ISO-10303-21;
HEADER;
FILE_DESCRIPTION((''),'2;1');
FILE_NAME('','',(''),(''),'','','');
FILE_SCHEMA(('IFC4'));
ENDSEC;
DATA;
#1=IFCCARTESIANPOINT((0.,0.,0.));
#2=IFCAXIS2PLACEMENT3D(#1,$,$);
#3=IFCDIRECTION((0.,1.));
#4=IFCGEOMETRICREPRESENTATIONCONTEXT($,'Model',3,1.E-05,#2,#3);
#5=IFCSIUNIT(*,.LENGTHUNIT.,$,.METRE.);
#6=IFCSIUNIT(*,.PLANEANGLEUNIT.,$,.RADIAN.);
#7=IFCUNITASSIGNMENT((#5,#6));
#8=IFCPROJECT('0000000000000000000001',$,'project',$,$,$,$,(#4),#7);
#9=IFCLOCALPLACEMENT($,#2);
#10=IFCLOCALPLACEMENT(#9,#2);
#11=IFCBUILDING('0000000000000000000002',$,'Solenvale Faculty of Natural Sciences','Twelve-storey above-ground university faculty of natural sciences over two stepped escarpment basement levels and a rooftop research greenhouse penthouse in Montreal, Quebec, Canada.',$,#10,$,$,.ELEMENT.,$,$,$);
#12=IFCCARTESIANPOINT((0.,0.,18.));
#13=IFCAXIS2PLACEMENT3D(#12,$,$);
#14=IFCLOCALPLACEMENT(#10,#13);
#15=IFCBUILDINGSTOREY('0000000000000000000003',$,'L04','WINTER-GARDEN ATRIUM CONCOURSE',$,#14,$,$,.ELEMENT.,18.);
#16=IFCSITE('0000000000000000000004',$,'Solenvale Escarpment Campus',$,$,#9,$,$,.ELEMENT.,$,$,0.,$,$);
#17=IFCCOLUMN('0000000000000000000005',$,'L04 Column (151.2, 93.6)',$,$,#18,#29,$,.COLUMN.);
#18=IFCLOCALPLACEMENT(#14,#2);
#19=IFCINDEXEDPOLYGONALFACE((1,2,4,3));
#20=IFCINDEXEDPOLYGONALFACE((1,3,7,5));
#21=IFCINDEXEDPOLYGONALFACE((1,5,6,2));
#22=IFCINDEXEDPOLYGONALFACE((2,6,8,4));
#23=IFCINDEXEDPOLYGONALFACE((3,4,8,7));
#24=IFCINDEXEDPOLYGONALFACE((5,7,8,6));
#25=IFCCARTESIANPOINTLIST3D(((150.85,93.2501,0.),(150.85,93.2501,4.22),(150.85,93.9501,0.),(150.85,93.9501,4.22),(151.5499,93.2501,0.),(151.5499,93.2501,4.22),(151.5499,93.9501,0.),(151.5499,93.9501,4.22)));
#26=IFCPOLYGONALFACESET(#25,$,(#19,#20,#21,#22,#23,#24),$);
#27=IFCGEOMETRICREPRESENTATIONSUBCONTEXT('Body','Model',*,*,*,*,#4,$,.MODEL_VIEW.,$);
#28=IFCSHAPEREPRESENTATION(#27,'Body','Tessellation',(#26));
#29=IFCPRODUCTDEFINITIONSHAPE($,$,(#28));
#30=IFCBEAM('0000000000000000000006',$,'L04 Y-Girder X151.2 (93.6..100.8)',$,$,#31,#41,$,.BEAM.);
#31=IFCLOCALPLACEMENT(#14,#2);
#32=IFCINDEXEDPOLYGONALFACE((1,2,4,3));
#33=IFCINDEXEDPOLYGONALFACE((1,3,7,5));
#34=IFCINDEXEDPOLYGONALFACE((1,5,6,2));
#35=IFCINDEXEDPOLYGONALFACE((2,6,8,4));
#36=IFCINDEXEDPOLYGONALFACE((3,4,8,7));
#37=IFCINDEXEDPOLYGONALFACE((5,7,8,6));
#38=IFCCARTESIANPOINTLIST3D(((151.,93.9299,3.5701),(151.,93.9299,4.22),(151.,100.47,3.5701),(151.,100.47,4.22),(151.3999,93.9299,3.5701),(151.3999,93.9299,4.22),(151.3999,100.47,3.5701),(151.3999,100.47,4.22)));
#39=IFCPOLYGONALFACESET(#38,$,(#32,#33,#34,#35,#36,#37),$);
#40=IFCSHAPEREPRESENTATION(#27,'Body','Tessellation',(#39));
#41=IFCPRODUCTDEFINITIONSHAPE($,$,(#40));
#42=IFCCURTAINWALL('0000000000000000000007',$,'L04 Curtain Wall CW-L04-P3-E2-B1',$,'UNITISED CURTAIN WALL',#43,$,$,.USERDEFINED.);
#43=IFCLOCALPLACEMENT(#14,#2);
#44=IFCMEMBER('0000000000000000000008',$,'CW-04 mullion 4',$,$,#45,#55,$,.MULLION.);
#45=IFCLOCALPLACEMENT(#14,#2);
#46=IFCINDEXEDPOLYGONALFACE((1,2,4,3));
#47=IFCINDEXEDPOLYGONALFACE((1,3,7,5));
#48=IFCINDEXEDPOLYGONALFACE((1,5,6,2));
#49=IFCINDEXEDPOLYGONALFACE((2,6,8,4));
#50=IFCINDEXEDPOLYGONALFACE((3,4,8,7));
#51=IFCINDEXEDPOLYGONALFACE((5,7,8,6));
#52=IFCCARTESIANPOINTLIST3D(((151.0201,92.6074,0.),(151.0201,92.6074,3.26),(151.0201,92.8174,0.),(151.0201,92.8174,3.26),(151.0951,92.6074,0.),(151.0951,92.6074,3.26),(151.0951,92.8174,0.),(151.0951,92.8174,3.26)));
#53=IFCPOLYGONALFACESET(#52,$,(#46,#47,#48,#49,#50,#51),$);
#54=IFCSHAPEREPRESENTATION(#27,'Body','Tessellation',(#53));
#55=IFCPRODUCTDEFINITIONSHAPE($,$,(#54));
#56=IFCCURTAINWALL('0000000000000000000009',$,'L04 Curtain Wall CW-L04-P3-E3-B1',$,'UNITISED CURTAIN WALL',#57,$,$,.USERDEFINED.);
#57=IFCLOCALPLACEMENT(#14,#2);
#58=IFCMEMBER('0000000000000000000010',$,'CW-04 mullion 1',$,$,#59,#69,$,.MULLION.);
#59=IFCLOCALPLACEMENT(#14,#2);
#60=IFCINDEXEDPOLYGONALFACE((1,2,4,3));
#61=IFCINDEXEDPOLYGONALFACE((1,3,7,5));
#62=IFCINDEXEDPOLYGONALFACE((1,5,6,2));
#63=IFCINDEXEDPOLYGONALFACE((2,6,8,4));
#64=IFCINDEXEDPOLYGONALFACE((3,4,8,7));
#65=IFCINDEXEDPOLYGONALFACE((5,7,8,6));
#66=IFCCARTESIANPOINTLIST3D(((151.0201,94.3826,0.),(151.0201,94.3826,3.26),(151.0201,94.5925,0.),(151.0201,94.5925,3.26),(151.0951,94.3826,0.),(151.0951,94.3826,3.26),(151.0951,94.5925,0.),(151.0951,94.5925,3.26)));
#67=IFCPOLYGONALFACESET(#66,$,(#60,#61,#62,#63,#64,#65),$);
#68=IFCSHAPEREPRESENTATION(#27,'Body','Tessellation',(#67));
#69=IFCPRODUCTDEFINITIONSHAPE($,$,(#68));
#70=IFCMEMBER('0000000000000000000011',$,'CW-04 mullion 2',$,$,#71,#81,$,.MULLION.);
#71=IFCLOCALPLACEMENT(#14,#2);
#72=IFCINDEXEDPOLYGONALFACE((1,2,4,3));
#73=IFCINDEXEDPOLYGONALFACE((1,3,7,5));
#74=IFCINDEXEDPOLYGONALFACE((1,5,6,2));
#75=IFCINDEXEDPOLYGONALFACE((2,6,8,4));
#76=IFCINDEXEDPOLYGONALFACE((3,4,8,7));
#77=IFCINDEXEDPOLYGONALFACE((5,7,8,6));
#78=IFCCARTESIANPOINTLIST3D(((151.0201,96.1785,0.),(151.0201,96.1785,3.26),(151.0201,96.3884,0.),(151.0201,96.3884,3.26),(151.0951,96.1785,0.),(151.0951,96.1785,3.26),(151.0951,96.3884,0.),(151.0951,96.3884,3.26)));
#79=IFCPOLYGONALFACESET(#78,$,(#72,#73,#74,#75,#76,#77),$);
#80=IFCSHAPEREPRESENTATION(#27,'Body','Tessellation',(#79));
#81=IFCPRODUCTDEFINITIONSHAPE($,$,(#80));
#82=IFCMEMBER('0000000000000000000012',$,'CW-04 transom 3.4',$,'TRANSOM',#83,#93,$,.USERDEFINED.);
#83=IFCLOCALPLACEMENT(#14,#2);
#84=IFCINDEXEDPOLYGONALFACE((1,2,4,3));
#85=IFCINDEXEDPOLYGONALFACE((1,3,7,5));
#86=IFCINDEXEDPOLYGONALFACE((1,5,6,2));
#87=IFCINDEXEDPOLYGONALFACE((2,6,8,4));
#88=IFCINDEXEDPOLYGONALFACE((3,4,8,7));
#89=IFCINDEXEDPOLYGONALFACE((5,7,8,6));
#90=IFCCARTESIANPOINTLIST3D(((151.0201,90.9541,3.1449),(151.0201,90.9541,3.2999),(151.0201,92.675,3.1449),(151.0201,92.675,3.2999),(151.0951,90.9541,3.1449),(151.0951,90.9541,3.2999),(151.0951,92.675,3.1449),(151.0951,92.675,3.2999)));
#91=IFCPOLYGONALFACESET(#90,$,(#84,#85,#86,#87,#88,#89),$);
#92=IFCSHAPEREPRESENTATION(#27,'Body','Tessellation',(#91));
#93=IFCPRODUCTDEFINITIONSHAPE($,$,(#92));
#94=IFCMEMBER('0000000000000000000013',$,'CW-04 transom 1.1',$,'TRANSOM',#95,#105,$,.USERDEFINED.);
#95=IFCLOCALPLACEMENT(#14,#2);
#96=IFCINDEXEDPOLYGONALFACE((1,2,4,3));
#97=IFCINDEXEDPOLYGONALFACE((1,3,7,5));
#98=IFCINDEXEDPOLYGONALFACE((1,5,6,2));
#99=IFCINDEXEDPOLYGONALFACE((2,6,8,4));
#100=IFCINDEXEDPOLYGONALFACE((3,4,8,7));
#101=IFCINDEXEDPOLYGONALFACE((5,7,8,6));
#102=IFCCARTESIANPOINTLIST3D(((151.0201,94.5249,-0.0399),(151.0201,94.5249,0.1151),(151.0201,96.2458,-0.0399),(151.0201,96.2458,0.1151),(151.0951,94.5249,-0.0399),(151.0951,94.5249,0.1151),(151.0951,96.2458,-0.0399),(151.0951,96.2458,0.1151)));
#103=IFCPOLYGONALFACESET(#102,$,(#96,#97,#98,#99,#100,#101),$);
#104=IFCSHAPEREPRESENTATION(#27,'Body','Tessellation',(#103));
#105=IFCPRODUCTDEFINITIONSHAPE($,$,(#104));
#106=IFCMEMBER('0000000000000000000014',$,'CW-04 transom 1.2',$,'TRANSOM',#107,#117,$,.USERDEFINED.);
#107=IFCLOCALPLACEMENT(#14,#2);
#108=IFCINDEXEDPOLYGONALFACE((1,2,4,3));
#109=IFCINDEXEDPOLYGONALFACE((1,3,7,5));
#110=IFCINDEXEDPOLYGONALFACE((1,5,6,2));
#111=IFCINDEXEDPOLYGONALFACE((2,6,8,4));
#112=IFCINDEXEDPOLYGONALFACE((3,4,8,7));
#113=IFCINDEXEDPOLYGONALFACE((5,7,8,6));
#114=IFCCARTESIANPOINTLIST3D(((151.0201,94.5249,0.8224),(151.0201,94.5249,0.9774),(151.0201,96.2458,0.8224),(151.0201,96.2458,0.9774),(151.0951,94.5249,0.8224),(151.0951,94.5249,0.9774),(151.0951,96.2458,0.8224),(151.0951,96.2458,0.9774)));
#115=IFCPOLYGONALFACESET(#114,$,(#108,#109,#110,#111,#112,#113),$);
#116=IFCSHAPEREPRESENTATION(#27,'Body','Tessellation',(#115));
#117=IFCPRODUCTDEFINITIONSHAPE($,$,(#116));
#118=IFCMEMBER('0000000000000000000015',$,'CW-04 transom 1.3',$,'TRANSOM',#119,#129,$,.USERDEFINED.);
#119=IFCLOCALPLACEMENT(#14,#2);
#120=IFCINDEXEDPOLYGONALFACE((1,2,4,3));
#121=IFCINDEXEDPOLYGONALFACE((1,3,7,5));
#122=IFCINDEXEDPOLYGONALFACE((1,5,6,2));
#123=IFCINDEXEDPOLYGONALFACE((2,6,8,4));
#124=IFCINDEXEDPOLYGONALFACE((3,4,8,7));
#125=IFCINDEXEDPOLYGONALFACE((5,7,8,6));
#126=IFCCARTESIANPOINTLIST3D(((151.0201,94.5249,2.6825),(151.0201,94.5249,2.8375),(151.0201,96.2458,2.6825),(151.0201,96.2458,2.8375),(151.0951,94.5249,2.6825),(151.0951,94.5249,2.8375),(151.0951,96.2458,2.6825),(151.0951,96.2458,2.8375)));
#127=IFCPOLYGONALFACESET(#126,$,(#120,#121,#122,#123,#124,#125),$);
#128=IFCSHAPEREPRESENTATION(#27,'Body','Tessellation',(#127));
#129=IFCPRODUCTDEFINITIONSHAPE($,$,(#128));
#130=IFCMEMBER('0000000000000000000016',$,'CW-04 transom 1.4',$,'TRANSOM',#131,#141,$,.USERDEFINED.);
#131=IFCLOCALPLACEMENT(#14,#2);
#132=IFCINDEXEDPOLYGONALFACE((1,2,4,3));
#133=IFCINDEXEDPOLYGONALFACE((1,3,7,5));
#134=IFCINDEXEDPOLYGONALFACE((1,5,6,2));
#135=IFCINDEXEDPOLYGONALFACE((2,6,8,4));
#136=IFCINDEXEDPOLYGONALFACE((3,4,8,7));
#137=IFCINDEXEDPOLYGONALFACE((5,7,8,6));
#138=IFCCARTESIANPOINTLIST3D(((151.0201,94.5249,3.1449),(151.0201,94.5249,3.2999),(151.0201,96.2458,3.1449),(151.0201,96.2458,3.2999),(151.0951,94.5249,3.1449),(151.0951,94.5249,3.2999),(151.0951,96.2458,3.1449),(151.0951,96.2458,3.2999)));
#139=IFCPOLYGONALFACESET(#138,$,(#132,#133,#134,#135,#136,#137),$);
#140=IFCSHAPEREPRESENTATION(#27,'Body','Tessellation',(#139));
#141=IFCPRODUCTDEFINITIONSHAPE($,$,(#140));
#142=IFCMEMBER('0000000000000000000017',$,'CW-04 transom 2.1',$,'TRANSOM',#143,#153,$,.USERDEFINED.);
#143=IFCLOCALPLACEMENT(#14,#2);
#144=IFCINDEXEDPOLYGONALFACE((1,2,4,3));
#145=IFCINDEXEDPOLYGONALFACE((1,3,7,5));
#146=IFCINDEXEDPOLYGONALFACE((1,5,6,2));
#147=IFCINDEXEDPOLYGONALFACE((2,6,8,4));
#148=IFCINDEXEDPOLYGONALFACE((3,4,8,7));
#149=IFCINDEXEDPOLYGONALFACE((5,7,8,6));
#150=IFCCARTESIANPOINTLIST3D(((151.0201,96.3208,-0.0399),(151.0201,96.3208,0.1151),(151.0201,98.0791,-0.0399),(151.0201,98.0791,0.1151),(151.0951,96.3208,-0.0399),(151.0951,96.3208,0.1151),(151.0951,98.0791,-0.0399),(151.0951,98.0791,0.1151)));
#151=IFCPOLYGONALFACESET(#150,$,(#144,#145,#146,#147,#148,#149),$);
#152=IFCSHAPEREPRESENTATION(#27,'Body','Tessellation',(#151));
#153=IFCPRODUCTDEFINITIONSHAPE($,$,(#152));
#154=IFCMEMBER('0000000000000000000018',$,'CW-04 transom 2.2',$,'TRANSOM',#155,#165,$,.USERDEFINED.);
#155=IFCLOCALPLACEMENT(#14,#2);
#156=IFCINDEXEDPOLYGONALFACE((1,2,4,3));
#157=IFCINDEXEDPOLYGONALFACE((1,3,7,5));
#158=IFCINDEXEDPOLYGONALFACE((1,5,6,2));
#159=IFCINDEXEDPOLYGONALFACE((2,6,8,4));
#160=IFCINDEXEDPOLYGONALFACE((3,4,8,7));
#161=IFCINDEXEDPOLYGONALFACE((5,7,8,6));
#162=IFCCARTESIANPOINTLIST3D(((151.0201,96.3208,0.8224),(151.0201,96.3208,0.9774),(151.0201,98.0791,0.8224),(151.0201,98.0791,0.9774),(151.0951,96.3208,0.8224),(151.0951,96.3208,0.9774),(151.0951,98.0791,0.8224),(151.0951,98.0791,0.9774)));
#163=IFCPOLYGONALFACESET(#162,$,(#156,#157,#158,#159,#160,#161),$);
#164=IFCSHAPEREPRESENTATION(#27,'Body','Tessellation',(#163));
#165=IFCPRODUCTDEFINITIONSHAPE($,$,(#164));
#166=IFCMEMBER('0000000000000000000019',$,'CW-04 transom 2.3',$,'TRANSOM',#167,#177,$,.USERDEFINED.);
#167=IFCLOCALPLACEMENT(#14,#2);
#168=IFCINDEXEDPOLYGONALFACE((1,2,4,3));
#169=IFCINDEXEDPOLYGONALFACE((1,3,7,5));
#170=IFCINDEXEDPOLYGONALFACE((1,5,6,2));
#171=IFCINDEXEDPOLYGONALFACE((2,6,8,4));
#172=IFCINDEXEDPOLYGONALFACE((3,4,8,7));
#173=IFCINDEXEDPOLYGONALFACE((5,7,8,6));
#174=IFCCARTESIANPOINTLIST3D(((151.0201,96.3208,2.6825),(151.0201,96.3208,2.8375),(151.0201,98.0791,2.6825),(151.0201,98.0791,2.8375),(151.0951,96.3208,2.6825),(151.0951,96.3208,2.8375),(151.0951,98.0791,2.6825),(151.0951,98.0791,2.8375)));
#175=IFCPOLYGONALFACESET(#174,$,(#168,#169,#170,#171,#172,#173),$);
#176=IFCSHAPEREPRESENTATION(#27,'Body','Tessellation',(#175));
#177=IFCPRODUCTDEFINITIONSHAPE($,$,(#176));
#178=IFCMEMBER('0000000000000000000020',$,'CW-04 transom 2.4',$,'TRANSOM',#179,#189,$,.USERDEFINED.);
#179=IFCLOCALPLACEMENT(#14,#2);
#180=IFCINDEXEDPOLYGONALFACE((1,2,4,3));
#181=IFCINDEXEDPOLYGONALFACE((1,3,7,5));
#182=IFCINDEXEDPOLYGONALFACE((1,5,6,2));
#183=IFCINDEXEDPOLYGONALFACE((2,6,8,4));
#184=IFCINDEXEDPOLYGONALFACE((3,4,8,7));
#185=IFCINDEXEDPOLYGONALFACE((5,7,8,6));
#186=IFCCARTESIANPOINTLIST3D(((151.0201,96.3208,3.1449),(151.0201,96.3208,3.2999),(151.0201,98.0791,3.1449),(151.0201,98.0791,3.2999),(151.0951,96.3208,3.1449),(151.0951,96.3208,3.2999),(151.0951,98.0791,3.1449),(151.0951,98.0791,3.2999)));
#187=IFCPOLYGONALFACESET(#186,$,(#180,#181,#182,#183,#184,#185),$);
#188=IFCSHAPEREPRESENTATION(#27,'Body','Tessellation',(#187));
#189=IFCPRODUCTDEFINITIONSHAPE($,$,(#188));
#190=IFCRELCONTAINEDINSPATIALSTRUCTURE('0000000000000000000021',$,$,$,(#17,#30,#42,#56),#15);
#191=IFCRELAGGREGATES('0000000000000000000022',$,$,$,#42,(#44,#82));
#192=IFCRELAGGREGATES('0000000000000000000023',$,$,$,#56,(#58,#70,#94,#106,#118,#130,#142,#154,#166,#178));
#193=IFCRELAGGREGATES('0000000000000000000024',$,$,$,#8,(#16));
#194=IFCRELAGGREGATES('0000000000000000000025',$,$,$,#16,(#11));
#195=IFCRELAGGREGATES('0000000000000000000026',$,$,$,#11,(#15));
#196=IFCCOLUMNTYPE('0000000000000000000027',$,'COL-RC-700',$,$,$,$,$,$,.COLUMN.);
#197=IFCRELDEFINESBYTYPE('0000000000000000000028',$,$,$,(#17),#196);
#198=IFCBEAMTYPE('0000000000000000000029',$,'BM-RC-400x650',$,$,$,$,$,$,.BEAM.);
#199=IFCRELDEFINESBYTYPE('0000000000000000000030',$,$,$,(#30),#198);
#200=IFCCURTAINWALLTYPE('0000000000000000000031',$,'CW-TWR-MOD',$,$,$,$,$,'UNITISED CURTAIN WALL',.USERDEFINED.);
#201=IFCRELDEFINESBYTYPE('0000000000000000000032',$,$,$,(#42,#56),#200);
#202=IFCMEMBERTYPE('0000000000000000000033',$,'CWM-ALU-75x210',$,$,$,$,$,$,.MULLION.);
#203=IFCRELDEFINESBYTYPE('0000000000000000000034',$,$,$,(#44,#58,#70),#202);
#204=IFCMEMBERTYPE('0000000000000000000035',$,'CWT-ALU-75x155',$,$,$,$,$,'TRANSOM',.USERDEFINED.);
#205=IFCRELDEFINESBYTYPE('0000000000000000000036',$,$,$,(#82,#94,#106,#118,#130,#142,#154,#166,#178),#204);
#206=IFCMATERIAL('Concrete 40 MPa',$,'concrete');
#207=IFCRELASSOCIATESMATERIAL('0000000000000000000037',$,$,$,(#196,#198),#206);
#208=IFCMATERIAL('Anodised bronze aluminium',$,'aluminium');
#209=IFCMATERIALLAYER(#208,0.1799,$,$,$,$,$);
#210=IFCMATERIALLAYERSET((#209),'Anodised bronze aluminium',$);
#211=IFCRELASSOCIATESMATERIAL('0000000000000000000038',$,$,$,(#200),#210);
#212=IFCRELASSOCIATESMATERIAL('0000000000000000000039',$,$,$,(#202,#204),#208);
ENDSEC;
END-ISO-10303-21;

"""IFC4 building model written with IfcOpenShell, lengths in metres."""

from ifc_helpers import new_model, si_unit, direction, frame, origin, origin_2d, place, context, subcontext, project, spatial, rectangle, extrude, material, layer, layer_set, material_profile, profile_set, type_object, element, aggregate, save


model = new_model("IFC4")

# Units and contexts
model_context = context("Model", 3, precision=1e-05, world=origin(), true_north=direction((0.0, 1.0)))
body_context = subcontext(model_context, "Body", "Model", "MODEL_VIEW")
ifc_project = project(units=[si_unit("LENGTHUNIT", "METRE"), si_unit("PLANEANGLEUNIT", "RADIAN")], contexts=[model_context])

# Site, building, storey
site_placement = place(None, origin())
site = spatial("IfcSite", under=ifc_project, at=site_placement, Name="Solenvale Escarpment Campus", CompositionType="ELEMENT", RefElevation=0.0)
building_placement = place(site_placement, origin())
building = spatial("IfcBuilding", under=site, at=building_placement, Name="Solenvale Faculty of Natural Sciences", Description="Twelve-storey above-ground university faculty of natural sciences over two stepped escarpment basement levels and a rooftop research greenhouse penthouse in Montreal, Quebec, Canada.", CompositionType="ELEMENT")
storey_placement = place(building_placement, frame((0.0, 0.0, 18.0)))
storey = spatial("IfcBuildingStorey", under=building, at=storey_placement, Name="L04", Description="WINTER-GARDEN ATRIUM CONCOURSE", CompositionType="ELEMENT", Elevation=18.0)

# Column
ifc_material_1 = material(Name="Concrete 40 MPa", Category="concrete")
ifc_material_profile_1 = material_profile(ifc_material_1, rectangle(XDim=0.7, YDim=0.7, at=origin_2d()), Name="RC-COL-700x700")
ifc_profile_set_1 = profile_set([ifc_material_profile_1], Name="Concrete 40 MPa")
column_type = type_object("IfcColumnType", Name="COL-RC-700", PredefinedType="COLUMN", material=ifc_profile_set_1)
column_placement = place(storey_placement, frame((151.2, 93.6001, 0.0), z_axis=(0.0, 0.0, 1.0), x_axis=(1.0, 0.0, 0.0)))
element("IfcColumn", 1, at=column_placement, inside=storey, type_object=column_type, Name="L04 Column (151.2, 93.6)", PredefinedType="COLUMN", context=body_context, shape_type="SweptSolid", body=[
    extrude(rectangle(XDim=0.7, YDim=0.7, at=origin_2d()), origin(), (0.0, 0.0, 1.0), 4.22),
])

# Beam
ifc_material_profile_2 = material_profile(ifc_material_1, rectangle(XDim=0.3999, YDim=0.6499, at=origin_2d()), Name="RC-BM-400x650")
ifc_profile_set_2 = profile_set([ifc_material_profile_2], Name="Concrete 40 MPa")
beam_type = type_object("IfcBeamType", Name="BM-RC-400x650", PredefinedType="BEAM", material=ifc_profile_set_2)
beam_placement = place(storey_placement, frame((151.2, 93.9299, 3.895), z_axis=(0.0, 1.0, 0.0), x_axis=(-1.0, 0.0, 0.0)))
element("IfcBeam", 2, at=beam_placement, inside=storey, type_object=beam_type, Name="L04 Y-Girder X151.2 (93.6..100.8)", PredefinedType="BEAM", context=body_context, shape_type="SweptSolid", body=[
    extrude(rectangle(XDim=0.3999, YDim=0.6499, at=origin_2d()), origin(), (0.0, 0.0, 1.0), 6.54),
])

# Curtain wall, member
ifc_material_2 = material(Name="Anodised bronze aluminium", Category="aluminium")
ifc_layer_1 = layer(ifc_material_2, 0.1799)
ifc_layer_set_1 = layer_set([ifc_layer_1], Name="Anodised bronze aluminium")
curtain_wall_type = type_object("IfcCurtainWallType", Name="CW-TWR-MOD", ElementType="UNITISED CURTAIN WALL", PredefinedType="USERDEFINED", material=ifc_layer_set_1)
curtain_wall_1_placement = place(storey_placement, origin())
curtain_wall_1 = element("IfcCurtainWall", 3, at=curtain_wall_1_placement, inside=storey, type_object=curtain_wall_type, Name="L04 Curtain Wall CW-L04-P3-E2-B1", ObjectType="UNITISED CURTAIN WALL", PredefinedType="USERDEFINED")
ifc_material_profile_3 = material_profile(ifc_material_2, rectangle(XDim=0.075, YDim=0.21, at=origin_2d()), Name="ALU-MUL-75x210")
ifc_profile_set_3 = profile_set([ifc_material_profile_3], Name="Anodised bronze aluminium")
member_type_1 = type_object("IfcMemberType", Name="CWM-ALU-75x210", PredefinedType="MULLION", material=ifc_profile_set_3)
member_1_placement = place(storey_placement, frame((151.0576, 92.7124, 0.0), z_axis=(0.0, 0.0, 1.0), x_axis=(-1.0, 0.0, 0.0)))
member_1 = element("IfcMember", 4, at=member_1_placement, type_object=member_type_1, Name="CW-04 mullion 4", PredefinedType="MULLION", context=body_context, shape_type="SweptSolid", body=[
    extrude(rectangle(XDim=0.075, YDim=0.21, at=origin_2d()), origin(), (0.0, 0.0, 1.0), 3.26),
])

# Curtain wall, members
curtain_wall_2_placement = place(storey_placement, origin())
curtain_wall_2 = element("IfcCurtainWall", 5, at=curtain_wall_2_placement, inside=storey, type_object=curtain_wall_type, Name="L04 Curtain Wall CW-L04-P3-E3-B1", ObjectType="UNITISED CURTAIN WALL", PredefinedType="USERDEFINED")
member_2_placement = place(storey_placement, frame((151.0576, 94.4875, 0.0), z_axis=(0.0, 0.0, 1.0), x_axis=(-1.0, 0.0, 0.0)))
member_2 = element("IfcMember", 6, at=member_2_placement, type_object=member_type_1, Name="CW-04 mullion 1", PredefinedType="MULLION", context=body_context, shape_type="SweptSolid", body=[
    extrude(rectangle(XDim=0.075, YDim=0.21, at=origin_2d()), origin(), (0.0, 0.0, 1.0), 3.26),
])
member_3_placement = place(storey_placement, frame((151.0576, 96.2834, 0.0), z_axis=(0.0, 0.0, 1.0), x_axis=(-1.0, 0.0, 0.0)))
member_3 = element("IfcMember", 7, at=member_3_placement, type_object=member_type_1, Name="CW-04 mullion 2", PredefinedType="MULLION", context=body_context, shape_type="SweptSolid", body=[
    extrude(rectangle(XDim=0.075, YDim=0.21, at=origin_2d()), origin(), (0.0, 0.0, 1.0), 3.26),
])

# Members
ifc_material_profile_4 = material_profile(ifc_material_2, rectangle(XDim=0.075, YDim=0.155, at=origin_2d()), Name="ALU-TRN-75x155")
ifc_profile_set_4 = profile_set([ifc_material_profile_4], Name="Anodised bronze aluminium")
member_type_2 = type_object("IfcMemberType", Name="CWT-ALU-75x155", ElementType="TRANSOM", PredefinedType="USERDEFINED", material=ifc_profile_set_4)
member_4_placement = place(storey_placement, frame((151.0576, 90.9541, 3.2224), z_axis=(0.0, 1.0, 0.0), x_axis=(-1.0, 0.0, 0.0)))
member_4 = element("IfcMember", 8, at=member_4_placement, type_object=member_type_2, Name="CW-04 transom 3.4", ObjectType="TRANSOM", PredefinedType="USERDEFINED", context=body_context, shape_type="SweptSolid", body=[
    extrude(rectangle(XDim=0.075, YDim=0.155, at=origin_2d()), origin(), (0.0, 0.0, 1.0), 1.7209),
])
member_5_placement = place(storey_placement, frame((151.0576, 94.5249, 0.0376), z_axis=(0.0, 1.0, 0.0), x_axis=(-1.0, 0.0, 0.0)))
member_5 = element("IfcMember", 9, at=member_5_placement, type_object=member_type_2, Name="CW-04 transom 1.1", ObjectType="TRANSOM", PredefinedType="USERDEFINED", context=body_context, shape_type="SweptSolid", body=[
    extrude(rectangle(XDim=0.075, YDim=0.155, at=origin_2d()), origin(), (0.0, 0.0, 1.0), 1.7209),
])
member_6_placement = place(storey_placement, frame((151.0576, 94.5249, 0.8999), z_axis=(0.0, 1.0, 0.0), x_axis=(-1.0, 0.0, 0.0)))
member_6 = element("IfcMember", 10, at=member_6_placement, type_object=member_type_2, Name="CW-04 transom 1.2", ObjectType="TRANSOM", PredefinedType="USERDEFINED", context=body_context, shape_type="SweptSolid", body=[
    extrude(rectangle(XDim=0.075, YDim=0.155, at=origin_2d()), origin(), (0.0, 0.0, 1.0), 1.7209),
])
member_7_placement = place(storey_placement, frame((151.0576, 94.5249, 2.76), z_axis=(0.0, 1.0, 0.0), x_axis=(-1.0, 0.0, 0.0)))
member_7 = element("IfcMember", 11, at=member_7_placement, type_object=member_type_2, Name="CW-04 transom 1.3", ObjectType="TRANSOM", PredefinedType="USERDEFINED", context=body_context, shape_type="SweptSolid", body=[
    extrude(rectangle(XDim=0.075, YDim=0.155, at=origin_2d()), origin(), (0.0, 0.0, 1.0), 1.7209),
])
member_8_placement = place(storey_placement, frame((151.0576, 94.5249, 3.2224), z_axis=(0.0, 1.0, 0.0), x_axis=(-1.0, 0.0, 0.0)))
member_8 = element("IfcMember", 12, at=member_8_placement, type_object=member_type_2, Name="CW-04 transom 1.4", ObjectType="TRANSOM", PredefinedType="USERDEFINED", context=body_context, shape_type="SweptSolid", body=[
    extrude(rectangle(XDim=0.075, YDim=0.155, at=origin_2d()), origin(), (0.0, 0.0, 1.0), 1.7209),
])
member_9_placement = place(storey_placement, frame((151.0576, 96.3208, 0.0376), z_axis=(0.0, 1.0, 0.0), x_axis=(-1.0, 0.0, 0.0)))
member_9 = element("IfcMember", 13, at=member_9_placement, type_object=member_type_2, Name="CW-04 transom 2.1", ObjectType="TRANSOM", PredefinedType="USERDEFINED", context=body_context, shape_type="SweptSolid", body=[
    extrude(rectangle(XDim=0.075, YDim=0.155, at=origin_2d()), origin(), (0.0, 0.0, 1.0), 1.7583),
])
member_10_placement = place(storey_placement, frame((151.0576, 96.3208, 0.8999), z_axis=(0.0, 1.0, 0.0), x_axis=(-1.0, 0.0, 0.0)))
member_10 = element("IfcMember", 14, at=member_10_placement, type_object=member_type_2, Name="CW-04 transom 2.2", ObjectType="TRANSOM", PredefinedType="USERDEFINED", context=body_context, shape_type="SweptSolid", body=[
    extrude(rectangle(XDim=0.075, YDim=0.155, at=origin_2d()), origin(), (0.0, 0.0, 1.0), 1.7583),
])
member_11_placement = place(storey_placement, frame((151.0576, 96.3208, 2.76), z_axis=(0.0, 1.0, 0.0), x_axis=(-1.0, 0.0, 0.0)))
member_11 = element("IfcMember", 15, at=member_11_placement, type_object=member_type_2, Name="CW-04 transom 2.3", ObjectType="TRANSOM", PredefinedType="USERDEFINED", context=body_context, shape_type="SweptSolid", body=[
    extrude(rectangle(XDim=0.075, YDim=0.155, at=origin_2d()), origin(), (0.0, 0.0, 1.0), 1.7583),
])
member_12_placement = place(storey_placement, frame((151.0576, 96.3208, 3.2224), z_axis=(0.0, 1.0, 0.0), x_axis=(-1.0, 0.0, 0.0)))
member_12 = element("IfcMember", 16, at=member_12_placement, type_object=member_type_2, Name="CW-04 transom 2.4", ObjectType="TRANSOM", PredefinedType="USERDEFINED", context=body_context, shape_type="SweptSolid", body=[
    extrude(rectangle(XDim=0.075, YDim=0.155, at=origin_2d()), origin(), (0.0, 0.0, 1.0), 1.7583),
])

aggregate(curtain_wall_1, [member_1, member_4])
aggregate(curtain_wall_2, [member_2, member_3, member_5, member_6, member_7, member_8, member_9, member_10, member_11, member_12])

save(model, "model.ifc")
